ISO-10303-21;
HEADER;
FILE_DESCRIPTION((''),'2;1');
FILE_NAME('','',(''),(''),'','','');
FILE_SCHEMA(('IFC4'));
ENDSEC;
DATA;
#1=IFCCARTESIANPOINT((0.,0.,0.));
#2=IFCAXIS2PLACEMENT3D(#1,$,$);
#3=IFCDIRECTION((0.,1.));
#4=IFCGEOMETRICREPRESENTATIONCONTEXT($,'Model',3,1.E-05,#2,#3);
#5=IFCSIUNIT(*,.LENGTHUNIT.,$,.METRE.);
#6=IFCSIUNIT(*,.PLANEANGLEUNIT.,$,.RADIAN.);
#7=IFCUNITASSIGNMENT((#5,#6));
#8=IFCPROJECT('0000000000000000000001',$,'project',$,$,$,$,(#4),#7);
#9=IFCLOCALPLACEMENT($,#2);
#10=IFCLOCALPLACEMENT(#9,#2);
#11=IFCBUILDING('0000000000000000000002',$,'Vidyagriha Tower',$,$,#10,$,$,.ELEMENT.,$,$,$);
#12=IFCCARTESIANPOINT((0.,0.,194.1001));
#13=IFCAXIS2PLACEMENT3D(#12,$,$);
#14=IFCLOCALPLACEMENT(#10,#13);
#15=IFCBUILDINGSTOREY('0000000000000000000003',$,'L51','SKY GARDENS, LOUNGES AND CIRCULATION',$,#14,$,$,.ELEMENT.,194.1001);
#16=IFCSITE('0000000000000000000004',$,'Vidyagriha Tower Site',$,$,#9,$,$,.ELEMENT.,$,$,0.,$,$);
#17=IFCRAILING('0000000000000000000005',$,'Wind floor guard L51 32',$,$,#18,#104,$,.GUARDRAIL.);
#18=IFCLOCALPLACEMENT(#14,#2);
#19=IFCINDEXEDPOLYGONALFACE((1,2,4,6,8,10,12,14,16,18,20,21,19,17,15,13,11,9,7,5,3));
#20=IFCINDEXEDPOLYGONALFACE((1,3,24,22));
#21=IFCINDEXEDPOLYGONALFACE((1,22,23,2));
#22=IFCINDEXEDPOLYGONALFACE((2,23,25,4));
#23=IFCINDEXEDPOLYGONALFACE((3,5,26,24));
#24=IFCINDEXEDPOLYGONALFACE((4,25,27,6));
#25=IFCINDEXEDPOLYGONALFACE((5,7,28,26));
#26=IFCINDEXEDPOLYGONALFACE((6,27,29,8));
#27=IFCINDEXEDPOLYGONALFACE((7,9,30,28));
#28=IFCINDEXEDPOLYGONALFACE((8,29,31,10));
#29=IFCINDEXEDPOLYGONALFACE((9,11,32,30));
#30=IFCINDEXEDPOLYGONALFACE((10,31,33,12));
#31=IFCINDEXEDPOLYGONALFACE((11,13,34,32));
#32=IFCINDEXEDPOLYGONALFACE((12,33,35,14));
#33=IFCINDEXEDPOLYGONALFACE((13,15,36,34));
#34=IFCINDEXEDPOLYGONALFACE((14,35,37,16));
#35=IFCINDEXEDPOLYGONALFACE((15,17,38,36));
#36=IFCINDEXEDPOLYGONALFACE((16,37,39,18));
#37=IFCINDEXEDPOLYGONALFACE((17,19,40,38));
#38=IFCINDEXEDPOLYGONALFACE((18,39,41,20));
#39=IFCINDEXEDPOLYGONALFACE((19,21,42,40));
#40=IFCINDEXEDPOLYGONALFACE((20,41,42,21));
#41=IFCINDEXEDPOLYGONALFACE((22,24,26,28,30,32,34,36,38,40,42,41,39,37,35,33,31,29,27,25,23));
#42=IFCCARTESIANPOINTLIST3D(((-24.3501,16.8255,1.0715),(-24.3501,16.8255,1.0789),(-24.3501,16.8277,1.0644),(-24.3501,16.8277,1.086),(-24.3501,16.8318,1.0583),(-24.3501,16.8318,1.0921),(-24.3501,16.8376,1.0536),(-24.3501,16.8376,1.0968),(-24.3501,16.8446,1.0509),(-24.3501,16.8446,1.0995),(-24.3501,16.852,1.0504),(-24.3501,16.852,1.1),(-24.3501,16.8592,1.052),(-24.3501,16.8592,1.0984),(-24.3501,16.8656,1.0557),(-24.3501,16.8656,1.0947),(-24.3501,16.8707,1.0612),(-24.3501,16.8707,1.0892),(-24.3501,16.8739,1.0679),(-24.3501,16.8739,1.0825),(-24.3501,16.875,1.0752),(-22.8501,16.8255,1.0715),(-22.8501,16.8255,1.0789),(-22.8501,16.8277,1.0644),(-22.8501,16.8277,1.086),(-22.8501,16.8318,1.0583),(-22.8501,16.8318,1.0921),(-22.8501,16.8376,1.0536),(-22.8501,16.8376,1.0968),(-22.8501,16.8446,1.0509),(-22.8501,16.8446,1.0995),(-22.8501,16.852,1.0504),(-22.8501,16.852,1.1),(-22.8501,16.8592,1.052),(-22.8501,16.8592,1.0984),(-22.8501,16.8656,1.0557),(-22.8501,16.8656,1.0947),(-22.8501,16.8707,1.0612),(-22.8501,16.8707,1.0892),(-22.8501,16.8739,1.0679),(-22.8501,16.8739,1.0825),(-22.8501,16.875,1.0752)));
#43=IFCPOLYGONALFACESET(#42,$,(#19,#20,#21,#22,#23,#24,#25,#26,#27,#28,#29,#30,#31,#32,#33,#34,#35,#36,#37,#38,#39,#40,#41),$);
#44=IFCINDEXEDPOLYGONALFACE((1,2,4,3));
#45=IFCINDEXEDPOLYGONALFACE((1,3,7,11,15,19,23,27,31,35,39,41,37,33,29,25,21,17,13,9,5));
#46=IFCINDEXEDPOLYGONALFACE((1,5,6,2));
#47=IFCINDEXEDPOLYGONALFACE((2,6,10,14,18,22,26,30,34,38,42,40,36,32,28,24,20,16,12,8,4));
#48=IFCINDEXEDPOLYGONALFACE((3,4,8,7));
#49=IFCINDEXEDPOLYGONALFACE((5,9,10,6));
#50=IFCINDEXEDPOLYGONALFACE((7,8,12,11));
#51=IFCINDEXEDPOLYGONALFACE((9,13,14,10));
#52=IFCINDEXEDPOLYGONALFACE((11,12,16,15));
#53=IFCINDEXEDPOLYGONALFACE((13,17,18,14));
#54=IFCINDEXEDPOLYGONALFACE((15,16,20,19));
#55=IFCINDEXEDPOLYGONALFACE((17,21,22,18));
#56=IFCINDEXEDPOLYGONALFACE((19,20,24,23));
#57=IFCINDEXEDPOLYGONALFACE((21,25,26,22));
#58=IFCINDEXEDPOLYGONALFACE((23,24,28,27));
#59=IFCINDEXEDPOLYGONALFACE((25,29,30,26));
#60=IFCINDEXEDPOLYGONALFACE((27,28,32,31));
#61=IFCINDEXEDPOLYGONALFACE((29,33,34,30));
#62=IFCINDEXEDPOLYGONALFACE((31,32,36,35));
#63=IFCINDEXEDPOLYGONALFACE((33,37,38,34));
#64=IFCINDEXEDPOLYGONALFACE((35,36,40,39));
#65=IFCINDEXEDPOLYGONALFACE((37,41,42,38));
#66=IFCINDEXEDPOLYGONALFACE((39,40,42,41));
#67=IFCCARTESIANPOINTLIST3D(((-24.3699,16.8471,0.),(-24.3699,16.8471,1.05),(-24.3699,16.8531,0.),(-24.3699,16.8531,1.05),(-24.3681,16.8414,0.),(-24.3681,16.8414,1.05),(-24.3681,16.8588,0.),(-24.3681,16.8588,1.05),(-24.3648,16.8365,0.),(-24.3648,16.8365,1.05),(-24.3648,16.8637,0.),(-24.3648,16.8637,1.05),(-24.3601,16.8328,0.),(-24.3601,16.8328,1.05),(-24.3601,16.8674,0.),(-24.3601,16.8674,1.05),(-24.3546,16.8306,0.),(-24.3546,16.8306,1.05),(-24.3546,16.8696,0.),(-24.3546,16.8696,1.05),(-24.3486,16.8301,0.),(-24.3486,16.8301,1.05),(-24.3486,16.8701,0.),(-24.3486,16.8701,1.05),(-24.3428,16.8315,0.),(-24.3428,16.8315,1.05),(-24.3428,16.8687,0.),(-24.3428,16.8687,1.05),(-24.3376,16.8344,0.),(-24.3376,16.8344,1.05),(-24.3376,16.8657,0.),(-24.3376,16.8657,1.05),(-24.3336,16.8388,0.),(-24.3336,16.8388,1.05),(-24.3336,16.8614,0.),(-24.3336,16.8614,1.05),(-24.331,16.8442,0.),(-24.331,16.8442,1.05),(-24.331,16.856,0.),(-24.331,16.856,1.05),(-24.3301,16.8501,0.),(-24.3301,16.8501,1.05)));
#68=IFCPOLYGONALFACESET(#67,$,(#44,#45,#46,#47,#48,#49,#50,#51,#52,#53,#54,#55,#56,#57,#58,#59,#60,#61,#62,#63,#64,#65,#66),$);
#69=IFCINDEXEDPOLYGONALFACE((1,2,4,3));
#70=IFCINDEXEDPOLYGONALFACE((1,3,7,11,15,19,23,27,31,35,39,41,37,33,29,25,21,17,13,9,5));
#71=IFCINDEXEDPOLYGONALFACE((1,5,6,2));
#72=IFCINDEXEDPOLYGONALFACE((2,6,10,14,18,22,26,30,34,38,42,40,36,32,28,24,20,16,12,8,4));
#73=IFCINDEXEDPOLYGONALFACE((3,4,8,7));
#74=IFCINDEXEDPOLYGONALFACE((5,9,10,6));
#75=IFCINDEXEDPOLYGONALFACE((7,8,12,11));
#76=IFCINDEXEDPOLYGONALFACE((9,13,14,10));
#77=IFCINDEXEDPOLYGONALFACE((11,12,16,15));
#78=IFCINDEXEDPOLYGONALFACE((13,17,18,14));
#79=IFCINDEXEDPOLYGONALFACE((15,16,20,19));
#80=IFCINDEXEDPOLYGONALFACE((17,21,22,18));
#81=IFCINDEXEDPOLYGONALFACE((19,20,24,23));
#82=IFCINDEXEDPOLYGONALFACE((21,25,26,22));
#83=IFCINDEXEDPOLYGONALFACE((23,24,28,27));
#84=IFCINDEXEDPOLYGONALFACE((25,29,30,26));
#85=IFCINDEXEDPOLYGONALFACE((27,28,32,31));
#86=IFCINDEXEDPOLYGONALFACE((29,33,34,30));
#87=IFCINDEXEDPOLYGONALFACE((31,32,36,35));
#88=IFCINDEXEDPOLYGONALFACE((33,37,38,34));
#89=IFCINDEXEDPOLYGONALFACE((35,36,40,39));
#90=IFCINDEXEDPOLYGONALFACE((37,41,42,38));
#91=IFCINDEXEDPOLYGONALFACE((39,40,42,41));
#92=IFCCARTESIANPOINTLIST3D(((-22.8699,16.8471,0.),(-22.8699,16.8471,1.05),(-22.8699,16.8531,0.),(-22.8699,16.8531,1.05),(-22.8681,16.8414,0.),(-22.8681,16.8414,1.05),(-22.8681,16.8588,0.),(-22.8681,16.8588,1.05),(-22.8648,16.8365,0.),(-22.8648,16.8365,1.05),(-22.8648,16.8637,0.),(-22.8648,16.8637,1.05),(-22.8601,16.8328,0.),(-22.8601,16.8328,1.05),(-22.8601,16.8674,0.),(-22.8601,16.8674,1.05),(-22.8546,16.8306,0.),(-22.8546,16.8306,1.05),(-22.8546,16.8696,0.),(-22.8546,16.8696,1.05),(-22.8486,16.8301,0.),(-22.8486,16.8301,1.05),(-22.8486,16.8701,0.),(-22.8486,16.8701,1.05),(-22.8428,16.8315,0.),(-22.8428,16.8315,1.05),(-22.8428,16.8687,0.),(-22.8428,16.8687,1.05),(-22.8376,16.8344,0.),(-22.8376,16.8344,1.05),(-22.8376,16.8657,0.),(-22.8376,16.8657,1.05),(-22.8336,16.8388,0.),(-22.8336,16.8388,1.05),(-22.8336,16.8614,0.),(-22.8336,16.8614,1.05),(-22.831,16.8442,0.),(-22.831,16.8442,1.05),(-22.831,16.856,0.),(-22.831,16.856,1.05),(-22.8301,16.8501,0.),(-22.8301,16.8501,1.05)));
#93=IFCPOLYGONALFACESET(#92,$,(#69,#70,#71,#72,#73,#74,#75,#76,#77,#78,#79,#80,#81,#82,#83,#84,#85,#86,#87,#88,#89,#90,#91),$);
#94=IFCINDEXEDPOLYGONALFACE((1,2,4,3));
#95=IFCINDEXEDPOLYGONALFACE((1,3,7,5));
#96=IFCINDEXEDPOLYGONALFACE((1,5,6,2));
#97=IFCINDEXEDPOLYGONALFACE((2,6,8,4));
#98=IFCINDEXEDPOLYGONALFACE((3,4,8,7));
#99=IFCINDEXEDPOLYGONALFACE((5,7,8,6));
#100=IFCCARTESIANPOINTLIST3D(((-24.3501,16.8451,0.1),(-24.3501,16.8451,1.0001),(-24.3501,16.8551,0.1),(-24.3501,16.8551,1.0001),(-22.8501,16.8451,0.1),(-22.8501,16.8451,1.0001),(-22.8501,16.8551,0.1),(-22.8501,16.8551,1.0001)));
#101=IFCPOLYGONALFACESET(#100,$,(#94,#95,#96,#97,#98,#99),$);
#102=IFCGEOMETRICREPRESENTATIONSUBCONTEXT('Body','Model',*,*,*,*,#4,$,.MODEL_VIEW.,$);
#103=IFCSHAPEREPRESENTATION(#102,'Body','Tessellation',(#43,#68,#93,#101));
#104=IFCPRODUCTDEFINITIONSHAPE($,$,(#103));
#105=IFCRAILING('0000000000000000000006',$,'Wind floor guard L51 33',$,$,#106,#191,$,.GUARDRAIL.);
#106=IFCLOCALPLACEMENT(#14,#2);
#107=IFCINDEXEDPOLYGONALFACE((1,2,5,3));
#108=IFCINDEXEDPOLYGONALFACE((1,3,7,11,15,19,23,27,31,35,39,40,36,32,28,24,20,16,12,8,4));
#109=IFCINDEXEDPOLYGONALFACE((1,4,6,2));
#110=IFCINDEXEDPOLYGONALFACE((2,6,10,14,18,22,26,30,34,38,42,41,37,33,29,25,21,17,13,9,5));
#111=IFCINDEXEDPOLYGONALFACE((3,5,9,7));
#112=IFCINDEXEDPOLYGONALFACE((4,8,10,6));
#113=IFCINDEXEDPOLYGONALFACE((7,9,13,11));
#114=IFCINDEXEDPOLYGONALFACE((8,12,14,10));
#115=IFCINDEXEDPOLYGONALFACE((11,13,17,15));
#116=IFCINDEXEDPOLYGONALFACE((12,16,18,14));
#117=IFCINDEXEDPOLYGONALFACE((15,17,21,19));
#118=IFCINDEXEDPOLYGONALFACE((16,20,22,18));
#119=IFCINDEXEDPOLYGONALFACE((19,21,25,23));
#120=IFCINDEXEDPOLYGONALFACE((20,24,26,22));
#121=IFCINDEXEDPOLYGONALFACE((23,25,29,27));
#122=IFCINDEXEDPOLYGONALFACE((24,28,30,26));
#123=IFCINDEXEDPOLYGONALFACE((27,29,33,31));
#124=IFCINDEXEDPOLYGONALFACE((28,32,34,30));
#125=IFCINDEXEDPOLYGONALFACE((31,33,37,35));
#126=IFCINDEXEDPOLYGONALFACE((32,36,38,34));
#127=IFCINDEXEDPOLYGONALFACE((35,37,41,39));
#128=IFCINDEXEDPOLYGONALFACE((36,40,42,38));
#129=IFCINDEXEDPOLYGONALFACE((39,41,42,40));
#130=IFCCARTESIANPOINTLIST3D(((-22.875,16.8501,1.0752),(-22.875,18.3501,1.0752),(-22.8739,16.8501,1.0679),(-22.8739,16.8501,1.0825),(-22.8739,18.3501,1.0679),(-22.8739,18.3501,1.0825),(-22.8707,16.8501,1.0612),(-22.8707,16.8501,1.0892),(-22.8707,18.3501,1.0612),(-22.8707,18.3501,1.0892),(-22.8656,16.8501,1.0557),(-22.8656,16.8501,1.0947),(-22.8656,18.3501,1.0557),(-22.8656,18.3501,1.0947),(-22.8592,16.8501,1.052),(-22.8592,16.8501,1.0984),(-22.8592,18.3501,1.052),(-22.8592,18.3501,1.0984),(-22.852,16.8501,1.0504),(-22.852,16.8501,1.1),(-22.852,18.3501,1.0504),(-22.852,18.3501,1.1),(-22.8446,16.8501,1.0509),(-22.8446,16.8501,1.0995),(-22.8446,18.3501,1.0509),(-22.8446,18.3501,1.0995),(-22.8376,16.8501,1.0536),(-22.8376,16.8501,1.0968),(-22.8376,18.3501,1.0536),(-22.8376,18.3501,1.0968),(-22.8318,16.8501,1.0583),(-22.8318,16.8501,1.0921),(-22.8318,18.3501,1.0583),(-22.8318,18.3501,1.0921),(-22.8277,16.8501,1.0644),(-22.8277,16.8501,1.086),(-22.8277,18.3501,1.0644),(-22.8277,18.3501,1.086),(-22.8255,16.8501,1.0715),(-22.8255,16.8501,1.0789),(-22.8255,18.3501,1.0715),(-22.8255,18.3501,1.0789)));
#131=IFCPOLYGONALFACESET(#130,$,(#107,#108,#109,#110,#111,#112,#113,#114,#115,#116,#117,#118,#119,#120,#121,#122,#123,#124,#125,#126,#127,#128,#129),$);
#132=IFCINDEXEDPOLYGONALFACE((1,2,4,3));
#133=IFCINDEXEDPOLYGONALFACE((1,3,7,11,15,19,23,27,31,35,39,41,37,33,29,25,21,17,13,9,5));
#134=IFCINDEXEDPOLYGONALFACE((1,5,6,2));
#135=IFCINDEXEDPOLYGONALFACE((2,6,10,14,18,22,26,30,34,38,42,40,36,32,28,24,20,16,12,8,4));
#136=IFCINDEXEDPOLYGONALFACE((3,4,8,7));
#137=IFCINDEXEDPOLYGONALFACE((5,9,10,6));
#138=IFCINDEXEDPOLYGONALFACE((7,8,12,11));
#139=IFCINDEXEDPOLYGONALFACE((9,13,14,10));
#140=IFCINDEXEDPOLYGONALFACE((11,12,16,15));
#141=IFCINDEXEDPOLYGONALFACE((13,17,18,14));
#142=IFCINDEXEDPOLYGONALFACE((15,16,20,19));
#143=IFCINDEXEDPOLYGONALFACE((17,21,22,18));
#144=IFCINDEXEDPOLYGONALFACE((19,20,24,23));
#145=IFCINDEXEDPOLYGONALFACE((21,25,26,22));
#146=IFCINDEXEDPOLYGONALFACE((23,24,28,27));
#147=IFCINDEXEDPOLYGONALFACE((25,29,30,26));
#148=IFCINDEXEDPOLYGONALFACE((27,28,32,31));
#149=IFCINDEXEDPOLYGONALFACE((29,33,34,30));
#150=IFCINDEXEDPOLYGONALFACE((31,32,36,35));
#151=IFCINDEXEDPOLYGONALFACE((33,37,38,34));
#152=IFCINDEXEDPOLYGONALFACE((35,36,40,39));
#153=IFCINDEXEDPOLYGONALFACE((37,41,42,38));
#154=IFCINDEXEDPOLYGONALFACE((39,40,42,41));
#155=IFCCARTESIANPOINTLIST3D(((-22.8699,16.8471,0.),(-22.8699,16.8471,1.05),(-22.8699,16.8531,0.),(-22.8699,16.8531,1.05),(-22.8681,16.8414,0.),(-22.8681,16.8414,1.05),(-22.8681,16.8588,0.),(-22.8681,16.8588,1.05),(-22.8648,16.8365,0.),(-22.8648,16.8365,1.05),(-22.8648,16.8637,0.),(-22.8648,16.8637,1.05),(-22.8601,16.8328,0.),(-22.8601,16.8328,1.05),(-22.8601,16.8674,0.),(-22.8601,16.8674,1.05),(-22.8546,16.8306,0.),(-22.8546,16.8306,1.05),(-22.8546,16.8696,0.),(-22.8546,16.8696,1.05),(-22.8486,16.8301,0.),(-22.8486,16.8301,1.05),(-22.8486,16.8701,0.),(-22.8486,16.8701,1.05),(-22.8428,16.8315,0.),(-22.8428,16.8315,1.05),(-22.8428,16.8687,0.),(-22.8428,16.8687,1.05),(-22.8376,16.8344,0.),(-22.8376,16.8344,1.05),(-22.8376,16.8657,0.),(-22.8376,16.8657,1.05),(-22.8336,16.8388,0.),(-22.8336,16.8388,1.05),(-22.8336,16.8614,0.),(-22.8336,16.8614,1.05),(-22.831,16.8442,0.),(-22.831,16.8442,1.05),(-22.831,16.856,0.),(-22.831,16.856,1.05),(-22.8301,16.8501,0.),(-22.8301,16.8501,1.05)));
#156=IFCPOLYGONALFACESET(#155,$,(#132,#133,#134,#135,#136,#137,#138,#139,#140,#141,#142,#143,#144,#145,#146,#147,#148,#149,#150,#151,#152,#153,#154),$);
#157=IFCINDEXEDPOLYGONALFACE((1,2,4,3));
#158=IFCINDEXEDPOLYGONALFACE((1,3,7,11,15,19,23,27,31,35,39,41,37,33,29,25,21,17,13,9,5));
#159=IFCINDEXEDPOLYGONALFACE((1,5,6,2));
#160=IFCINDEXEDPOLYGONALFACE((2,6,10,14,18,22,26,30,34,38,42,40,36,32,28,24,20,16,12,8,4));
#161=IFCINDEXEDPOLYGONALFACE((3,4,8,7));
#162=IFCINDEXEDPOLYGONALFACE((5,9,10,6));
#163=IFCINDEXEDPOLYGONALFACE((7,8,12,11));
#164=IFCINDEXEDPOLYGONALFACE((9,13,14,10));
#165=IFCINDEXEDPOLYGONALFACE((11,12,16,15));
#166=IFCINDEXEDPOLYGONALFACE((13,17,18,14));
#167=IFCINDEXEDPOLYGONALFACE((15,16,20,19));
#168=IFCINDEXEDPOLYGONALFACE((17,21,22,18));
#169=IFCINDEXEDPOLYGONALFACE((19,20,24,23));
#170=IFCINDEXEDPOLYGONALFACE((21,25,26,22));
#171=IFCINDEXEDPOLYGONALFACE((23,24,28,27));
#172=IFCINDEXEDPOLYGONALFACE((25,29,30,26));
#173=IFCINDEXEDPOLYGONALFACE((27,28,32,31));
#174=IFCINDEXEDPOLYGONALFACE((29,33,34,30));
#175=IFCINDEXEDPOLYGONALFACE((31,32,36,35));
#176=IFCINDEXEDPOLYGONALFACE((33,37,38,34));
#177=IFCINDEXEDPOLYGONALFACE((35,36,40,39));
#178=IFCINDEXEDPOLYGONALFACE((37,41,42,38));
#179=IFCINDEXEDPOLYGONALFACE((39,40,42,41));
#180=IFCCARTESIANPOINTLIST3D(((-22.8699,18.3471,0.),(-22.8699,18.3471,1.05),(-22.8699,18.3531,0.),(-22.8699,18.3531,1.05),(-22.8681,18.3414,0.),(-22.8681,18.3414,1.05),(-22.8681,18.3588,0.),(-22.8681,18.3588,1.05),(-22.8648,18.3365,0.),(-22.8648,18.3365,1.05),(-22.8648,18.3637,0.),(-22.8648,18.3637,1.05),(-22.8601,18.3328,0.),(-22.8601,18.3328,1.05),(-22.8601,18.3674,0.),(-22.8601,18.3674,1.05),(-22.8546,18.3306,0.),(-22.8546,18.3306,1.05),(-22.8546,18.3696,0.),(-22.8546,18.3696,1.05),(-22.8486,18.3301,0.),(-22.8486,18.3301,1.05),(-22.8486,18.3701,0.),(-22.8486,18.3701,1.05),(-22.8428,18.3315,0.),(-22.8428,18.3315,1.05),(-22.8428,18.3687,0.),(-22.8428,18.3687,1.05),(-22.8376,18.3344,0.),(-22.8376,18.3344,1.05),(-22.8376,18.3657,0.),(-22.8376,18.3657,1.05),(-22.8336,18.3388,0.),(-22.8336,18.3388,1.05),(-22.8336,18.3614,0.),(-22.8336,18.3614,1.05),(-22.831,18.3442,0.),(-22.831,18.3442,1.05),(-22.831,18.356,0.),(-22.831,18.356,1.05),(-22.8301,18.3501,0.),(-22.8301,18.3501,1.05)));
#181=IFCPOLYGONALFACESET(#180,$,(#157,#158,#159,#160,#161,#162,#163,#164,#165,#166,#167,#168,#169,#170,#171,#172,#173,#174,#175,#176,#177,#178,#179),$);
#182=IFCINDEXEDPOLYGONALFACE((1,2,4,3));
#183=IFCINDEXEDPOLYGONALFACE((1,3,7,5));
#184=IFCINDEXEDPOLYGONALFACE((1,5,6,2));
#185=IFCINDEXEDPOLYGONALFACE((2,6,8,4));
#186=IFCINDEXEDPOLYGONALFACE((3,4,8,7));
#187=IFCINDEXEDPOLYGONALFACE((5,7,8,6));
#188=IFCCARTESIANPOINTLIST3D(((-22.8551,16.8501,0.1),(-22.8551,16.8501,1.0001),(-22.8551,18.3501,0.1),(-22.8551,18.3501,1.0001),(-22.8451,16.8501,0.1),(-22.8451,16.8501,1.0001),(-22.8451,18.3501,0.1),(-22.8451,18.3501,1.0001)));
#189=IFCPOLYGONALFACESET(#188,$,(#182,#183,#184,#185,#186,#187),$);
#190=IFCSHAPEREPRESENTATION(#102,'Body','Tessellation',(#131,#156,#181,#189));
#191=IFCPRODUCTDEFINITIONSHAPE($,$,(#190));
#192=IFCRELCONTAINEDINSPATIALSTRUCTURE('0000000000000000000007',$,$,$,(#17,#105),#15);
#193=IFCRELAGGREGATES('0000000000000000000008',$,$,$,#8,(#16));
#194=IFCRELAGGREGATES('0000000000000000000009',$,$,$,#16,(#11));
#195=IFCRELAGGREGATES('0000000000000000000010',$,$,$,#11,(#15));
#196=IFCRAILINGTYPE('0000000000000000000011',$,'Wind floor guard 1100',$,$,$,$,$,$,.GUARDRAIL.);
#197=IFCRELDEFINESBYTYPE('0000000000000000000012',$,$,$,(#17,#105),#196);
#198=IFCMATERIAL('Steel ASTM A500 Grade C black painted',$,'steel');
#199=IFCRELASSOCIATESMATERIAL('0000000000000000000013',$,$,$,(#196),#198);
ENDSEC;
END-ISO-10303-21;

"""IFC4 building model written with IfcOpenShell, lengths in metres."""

from ifc_helpers import new_model, si_unit, direction, frame, origin, origin_2d, place, context, subcontext, project, spatial, rectangle, circle, extrude, material, type_object, element, save


model = new_model("IFC4")

# Units and contexts
model_context = context("Model", 3, precision=1e-05, world=origin(), true_north=direction((0.0, 1.0)))
body_context = subcontext(model_context, "Body", "Model", "MODEL_VIEW")
ifc_project = project(units=[si_unit("LENGTHUNIT", "METRE"), si_unit("PLANEANGLEUNIT", "RADIAN")], contexts=[model_context])

# Site, building, storey
site_placement = place(None, origin())
site = spatial("IfcSite", under=ifc_project, at=site_placement, Name="Vidyagriha Tower Site", CompositionType="ELEMENT", RefElevation=0.0)
building_placement = place(site_placement, origin())
building = spatial("IfcBuilding", under=site, at=building_placement, Name="Vidyagriha Tower", CompositionType="ELEMENT")
storey_placement = place(building_placement, frame((0.0, 0.0, 194.1001)))
storey = spatial("IfcBuildingStorey", under=building, at=storey_placement, Name="L51", Description="SKY GARDENS, LOUNGES AND CIRCULATION", CompositionType="ELEMENT", Elevation=194.1001)

# Railings
ifc_material_1 = material(Name="Steel ASTM A500 Grade C black painted", Category="steel")
railing_type_1 = type_object("IfcRailingType", Name="Wind floor guard 1100", PredefinedType="GUARDRAIL", material=ifc_material_1)
railing_1_placement = place(storey_placement, frame((-24.3501, 16.8501, 0.0)))
element("IfcRailing", 1, at=railing_1_placement, inside=storey, type_object=railing_type_1, Name="Wind floor guard L51 32", PredefinedType="GUARDRAIL", context=body_context, shape_type="SweptSolid", body=[
    extrude(circle(Radius=0.0249, at=origin_2d()), frame((0.0, 0.0, 1.0752), z_axis=(1.0, 0.0, 0.0), x_axis=(0.0, 1.0, 0.0)), (0.0, 0.0, 1.0), 1.5),
    extrude(circle(Radius=0.02, at=origin_2d()), origin(), (0.0, 0.0, 1.0), 1.05),
    extrude(circle(Radius=0.02, at=origin_2d()), frame((1.5, 0.0, 0.0)), (0.0, 0.0, 1.0), 1.05),
    extrude(rectangle(XDim=0.01, YDim=0.9001, at=origin_2d()), frame((0.0, 0.0, 0.55), z_axis=(1.0, 0.0, 0.0), x_axis=(0.0, 1.0, 0.0)), (0.0, 0.0, 1.0), 1.5),
])
railing_2_placement = place(storey_placement, frame((-22.8501, 16.8501, 0.0)))
element("IfcRailing", 2, at=railing_2_placement, inside=storey, type_object=railing_type_1, Name="Wind floor guard L51 33", PredefinedType="GUARDRAIL", context=body_context, shape_type="SweptSolid", body=[
    extrude(circle(Radius=0.0249, at=origin_2d()), frame((0.0, 0.0, 1.0752), z_axis=(0.0, 1.0, 0.0), x_axis=(-1.0, 0.0, 0.0)), (0.0, 0.0, 1.0), 1.5),
    extrude(circle(Radius=0.02, at=origin_2d()), origin(), (0.0, 0.0, 1.0), 1.05),
    extrude(circle(Radius=0.02, at=origin_2d()), frame((0.0, 1.5, 0.0)), (0.0, 0.0, 1.0), 1.05),
    extrude(rectangle(XDim=0.01, YDim=0.9001, at=origin_2d()), frame((0.0, 0.0, 0.55), z_axis=(0.0, 1.0, 0.0), x_axis=(-1.0, 0.0, 0.0)), (0.0, 0.0, 1.0), 1.5),
])

save(model, "model.ifc")
